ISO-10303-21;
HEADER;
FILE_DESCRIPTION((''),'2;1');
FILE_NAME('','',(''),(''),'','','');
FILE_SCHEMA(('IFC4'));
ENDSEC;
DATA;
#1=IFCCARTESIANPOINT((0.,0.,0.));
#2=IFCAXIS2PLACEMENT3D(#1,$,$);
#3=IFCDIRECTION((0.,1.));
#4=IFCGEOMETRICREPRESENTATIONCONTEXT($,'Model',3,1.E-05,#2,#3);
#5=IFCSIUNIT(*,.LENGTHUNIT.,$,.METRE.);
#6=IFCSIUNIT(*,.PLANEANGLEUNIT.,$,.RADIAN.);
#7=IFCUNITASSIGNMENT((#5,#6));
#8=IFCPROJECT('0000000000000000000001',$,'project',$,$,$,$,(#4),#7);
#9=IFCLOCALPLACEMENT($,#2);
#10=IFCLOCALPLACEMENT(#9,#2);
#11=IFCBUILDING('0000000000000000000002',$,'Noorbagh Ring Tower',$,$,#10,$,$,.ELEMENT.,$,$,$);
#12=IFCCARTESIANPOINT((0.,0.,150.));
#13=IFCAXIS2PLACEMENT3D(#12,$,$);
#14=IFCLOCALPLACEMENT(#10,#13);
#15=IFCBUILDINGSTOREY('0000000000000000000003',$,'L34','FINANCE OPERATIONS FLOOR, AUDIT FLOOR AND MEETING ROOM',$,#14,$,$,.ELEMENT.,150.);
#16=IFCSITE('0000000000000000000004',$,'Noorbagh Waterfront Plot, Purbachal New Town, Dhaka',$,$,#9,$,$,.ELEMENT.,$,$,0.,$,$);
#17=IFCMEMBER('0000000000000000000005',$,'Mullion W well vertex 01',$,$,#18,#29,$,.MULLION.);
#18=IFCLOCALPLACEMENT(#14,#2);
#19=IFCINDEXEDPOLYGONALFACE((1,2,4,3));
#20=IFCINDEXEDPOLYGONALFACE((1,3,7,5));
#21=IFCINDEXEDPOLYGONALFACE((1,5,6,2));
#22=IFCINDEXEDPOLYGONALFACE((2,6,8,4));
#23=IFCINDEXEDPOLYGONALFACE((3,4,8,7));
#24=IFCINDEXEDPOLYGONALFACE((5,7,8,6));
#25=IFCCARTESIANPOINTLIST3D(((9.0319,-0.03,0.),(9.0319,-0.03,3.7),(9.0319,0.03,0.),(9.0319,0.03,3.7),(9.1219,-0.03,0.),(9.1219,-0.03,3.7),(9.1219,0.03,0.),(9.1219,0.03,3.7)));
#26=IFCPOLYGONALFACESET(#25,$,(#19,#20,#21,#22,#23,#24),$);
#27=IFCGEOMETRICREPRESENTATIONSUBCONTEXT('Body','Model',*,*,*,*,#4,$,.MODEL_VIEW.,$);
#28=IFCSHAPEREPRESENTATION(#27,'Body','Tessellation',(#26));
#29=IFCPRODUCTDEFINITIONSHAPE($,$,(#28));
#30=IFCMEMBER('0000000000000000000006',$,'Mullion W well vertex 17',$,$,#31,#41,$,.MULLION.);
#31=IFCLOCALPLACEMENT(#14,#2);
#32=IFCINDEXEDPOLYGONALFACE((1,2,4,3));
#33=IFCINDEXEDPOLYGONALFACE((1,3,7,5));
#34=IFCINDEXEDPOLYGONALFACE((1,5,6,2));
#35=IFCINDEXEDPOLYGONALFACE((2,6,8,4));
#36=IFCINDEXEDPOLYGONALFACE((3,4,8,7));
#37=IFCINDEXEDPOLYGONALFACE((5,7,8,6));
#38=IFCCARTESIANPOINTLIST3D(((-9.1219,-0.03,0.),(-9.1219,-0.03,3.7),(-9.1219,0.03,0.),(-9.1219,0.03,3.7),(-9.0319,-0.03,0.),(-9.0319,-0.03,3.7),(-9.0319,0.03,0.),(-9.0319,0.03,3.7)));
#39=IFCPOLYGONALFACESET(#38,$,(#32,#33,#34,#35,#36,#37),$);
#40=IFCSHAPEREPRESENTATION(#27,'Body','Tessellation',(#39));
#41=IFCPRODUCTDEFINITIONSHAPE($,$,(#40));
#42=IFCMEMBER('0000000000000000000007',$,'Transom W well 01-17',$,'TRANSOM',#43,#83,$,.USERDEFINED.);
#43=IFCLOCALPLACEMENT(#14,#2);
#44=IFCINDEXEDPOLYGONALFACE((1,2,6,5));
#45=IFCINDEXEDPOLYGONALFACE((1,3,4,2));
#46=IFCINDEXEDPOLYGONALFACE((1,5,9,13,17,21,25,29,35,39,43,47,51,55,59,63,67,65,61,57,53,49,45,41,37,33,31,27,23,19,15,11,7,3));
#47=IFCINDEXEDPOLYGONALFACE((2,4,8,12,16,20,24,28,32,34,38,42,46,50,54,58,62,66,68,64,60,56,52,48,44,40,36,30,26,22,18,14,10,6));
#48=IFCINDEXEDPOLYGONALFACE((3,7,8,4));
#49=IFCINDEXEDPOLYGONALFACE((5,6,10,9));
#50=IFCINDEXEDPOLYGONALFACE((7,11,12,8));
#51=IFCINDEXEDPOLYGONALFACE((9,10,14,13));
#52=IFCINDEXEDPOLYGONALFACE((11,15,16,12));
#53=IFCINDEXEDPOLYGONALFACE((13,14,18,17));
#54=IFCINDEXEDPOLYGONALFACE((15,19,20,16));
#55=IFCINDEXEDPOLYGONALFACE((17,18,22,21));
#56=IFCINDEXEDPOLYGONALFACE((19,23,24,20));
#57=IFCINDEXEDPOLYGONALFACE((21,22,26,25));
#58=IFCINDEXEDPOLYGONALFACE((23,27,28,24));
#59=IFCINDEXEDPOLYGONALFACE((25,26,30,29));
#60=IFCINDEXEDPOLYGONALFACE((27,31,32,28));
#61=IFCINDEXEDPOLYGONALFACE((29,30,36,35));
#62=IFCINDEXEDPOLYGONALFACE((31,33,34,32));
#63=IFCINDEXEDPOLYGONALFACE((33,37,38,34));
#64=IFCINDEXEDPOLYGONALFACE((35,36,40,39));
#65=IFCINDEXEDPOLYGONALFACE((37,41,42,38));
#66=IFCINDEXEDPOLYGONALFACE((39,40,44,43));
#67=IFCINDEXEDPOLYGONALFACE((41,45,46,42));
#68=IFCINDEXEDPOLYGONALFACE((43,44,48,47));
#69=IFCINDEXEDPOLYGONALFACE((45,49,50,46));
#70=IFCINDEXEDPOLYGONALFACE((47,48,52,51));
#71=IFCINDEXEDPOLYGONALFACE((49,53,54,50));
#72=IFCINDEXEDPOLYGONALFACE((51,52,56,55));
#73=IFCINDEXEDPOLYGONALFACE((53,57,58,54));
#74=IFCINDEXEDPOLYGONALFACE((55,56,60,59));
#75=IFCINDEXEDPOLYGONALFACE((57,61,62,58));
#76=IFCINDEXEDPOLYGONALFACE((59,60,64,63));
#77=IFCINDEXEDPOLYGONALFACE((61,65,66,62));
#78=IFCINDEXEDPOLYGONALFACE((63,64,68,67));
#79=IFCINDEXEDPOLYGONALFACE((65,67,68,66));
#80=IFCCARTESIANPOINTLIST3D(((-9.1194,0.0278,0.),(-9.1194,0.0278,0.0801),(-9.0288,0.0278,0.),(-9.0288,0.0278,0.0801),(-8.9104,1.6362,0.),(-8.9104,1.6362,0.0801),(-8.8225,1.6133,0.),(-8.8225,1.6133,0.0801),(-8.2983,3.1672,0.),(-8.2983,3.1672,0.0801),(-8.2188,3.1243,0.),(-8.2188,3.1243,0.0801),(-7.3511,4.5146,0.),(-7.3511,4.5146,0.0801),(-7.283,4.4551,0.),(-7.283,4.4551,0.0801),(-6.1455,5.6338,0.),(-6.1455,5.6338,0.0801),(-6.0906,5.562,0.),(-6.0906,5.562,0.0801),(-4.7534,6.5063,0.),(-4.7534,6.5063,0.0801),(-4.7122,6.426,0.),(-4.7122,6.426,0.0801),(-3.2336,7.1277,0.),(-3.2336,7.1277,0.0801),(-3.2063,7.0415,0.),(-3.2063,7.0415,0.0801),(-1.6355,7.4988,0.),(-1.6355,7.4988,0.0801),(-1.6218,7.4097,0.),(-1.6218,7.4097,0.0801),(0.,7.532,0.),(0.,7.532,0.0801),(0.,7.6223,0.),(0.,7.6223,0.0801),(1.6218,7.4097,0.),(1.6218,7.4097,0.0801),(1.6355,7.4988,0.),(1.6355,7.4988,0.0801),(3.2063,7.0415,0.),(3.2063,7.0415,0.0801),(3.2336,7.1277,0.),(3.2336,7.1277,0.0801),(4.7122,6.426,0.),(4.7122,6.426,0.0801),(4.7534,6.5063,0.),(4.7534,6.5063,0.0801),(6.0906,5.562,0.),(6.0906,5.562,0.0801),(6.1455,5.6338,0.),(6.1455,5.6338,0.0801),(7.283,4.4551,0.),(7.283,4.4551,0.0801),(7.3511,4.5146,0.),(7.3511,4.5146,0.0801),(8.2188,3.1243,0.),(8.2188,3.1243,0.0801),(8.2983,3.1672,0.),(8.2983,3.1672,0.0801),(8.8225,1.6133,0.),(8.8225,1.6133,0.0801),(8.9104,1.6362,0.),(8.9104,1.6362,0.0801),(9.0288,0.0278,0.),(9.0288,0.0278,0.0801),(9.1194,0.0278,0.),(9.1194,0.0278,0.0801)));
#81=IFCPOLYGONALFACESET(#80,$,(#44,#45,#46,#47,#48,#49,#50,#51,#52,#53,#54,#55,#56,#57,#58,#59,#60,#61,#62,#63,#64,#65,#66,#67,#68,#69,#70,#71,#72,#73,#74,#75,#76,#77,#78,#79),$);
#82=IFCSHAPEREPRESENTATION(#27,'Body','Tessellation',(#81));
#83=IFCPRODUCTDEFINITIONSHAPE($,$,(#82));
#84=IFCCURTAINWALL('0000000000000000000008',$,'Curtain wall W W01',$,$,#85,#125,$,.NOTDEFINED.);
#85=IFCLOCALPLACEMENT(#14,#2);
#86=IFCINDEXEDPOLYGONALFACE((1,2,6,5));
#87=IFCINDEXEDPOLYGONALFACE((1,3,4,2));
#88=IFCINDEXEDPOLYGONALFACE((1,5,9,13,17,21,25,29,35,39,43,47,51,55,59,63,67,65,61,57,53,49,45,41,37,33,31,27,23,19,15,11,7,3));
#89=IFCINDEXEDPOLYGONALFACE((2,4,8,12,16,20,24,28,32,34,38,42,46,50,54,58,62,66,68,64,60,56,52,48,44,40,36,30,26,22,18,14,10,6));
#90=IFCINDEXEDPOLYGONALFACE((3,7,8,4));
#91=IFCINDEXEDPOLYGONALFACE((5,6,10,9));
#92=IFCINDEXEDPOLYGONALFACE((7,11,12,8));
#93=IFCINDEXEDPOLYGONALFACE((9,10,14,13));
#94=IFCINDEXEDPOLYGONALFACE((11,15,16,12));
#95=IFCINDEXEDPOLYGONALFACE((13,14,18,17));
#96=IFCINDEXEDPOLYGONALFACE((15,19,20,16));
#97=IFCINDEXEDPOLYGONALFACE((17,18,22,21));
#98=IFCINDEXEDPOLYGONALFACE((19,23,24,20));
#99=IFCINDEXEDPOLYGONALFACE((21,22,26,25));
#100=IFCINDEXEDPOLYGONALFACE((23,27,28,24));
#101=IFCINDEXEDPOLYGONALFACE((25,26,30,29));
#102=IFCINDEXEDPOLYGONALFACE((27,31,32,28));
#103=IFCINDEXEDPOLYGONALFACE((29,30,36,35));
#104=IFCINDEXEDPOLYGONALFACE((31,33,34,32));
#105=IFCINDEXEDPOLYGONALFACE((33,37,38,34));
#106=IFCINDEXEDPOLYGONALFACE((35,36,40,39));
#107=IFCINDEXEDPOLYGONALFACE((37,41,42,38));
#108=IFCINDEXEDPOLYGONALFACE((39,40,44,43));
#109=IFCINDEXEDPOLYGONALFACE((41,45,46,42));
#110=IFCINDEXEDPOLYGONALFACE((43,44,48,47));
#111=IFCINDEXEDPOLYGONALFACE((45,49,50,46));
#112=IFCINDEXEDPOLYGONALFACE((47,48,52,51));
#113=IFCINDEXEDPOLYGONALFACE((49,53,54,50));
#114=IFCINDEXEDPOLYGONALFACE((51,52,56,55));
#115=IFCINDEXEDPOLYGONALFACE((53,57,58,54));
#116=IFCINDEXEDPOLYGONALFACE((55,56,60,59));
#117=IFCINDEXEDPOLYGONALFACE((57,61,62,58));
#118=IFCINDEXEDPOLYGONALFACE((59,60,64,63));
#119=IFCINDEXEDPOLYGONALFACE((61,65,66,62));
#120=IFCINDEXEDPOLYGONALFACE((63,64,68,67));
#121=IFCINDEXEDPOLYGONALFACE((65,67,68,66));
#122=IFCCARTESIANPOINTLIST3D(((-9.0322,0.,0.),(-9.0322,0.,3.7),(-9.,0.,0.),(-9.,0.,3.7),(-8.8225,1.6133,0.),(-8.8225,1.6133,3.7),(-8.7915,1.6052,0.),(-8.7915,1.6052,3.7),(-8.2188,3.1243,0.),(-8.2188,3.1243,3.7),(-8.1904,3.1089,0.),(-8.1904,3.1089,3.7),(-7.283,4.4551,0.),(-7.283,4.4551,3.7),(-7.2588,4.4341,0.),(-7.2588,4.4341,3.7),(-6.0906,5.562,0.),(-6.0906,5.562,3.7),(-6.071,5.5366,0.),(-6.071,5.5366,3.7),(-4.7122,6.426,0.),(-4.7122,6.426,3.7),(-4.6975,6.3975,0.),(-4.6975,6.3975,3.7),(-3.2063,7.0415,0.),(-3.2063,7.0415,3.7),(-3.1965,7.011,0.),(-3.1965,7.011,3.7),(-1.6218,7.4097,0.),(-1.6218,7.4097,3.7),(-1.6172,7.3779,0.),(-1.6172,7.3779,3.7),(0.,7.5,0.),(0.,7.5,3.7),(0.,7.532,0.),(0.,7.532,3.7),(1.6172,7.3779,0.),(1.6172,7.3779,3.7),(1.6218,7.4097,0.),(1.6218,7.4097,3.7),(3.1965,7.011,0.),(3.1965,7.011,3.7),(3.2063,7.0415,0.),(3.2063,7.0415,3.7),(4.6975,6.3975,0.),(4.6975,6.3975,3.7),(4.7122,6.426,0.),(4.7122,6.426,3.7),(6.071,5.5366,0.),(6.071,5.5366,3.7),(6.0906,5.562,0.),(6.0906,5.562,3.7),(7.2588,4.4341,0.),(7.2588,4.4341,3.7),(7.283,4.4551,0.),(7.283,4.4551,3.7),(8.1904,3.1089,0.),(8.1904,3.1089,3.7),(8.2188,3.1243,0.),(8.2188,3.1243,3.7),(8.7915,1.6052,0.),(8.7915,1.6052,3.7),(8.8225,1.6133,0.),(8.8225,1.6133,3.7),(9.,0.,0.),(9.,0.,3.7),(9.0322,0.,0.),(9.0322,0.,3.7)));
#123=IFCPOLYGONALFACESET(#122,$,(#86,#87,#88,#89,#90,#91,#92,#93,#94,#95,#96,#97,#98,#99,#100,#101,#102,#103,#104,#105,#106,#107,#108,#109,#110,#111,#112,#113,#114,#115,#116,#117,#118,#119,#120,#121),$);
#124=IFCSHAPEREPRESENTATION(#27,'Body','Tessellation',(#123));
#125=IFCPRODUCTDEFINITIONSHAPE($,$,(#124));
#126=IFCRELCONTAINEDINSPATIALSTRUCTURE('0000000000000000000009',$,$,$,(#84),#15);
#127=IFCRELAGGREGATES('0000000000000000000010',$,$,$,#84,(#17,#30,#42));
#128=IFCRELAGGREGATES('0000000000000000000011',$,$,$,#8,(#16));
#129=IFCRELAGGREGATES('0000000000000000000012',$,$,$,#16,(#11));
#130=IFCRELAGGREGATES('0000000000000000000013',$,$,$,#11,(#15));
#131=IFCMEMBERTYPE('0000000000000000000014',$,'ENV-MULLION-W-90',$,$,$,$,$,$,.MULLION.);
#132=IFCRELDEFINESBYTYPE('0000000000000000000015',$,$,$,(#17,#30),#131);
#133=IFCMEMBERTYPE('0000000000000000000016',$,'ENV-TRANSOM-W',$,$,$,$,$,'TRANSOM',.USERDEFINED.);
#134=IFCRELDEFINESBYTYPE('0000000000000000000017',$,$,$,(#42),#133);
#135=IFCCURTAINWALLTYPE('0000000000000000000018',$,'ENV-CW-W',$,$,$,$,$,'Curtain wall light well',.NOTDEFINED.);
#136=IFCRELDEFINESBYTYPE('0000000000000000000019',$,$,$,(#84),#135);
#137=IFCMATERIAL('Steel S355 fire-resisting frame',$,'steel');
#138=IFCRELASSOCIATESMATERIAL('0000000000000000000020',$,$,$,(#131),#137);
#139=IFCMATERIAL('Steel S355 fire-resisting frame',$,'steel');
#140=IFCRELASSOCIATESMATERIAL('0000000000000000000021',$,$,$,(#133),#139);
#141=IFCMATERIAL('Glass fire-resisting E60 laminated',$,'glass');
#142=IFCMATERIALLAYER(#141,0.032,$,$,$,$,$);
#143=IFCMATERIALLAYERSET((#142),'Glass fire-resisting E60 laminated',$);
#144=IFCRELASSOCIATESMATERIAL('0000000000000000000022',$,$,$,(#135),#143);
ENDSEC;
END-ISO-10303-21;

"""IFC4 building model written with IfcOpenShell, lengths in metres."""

from ifc_helpers import new_model, si_unit, direction, frame, origin, origin_2d, place, context, subcontext, project, spatial, polyline, rectangle, outline, extrude, material, layer, layer_set, material_profile, profile_set, type_object, element, aggregate, save


model = new_model("IFC4")

# Units and contexts
model_context = context("Model", 3, precision=1e-05, world=origin(), true_north=direction((0.0, 1.0)))
body_context = subcontext(model_context, "Body", "Model", "MODEL_VIEW")
ifc_project = project(units=[si_unit("LENGTHUNIT", "METRE"), si_unit("PLANEANGLEUNIT", "RADIAN")], contexts=[model_context])

# Site, building, storey
site_placement = place(None, origin())
site = spatial("IfcSite", under=ifc_project, at=site_placement, Name="Noorbagh Waterfront Plot, Purbachal New Town, Dhaka", CompositionType="ELEMENT", RefElevation=0.0)
building_placement = place(site_placement, origin())
building = spatial("IfcBuilding", under=site, at=building_placement, Name="Noorbagh Ring Tower", CompositionType="ELEMENT")
storey_placement = place(building_placement, frame((0.0, 0.0, 150.0)))
storey = spatial("IfcBuildingStorey", under=building, at=storey_placement, Name="L34", Description="FINANCE OPERATIONS FLOOR, AUDIT FLOOR AND MEETING ROOM", CompositionType="ELEMENT", Elevation=150.0)

# Members
ifc_material_1 = material(Name="Steel S355 fire-resisting frame", Category="steel")
ifc_material_profile_1 = material_profile(ifc_material_1, rectangle(XDim=0.0901, YDim=0.0601, at=origin_2d()), Name="90x60")
ifc_profile_set_1 = profile_set([ifc_material_profile_1], Name="Steel S355 fire-resisting frame")
member_type_1 = type_object("IfcMemberType", Name="ENV-MULLION-W-90", PredefinedType="MULLION", material=ifc_profile_set_1)
member_1_placement = place(storey_placement, frame((9.0769, 0.0, 0.0), z_axis=(0.0, 0.0, 1.0), x_axis=(1.0, 0.0, 0.0)))
member_1 = element("IfcMember", 1, at=member_1_placement, type_object=member_type_1, Name="Mullion W well vertex 01", PredefinedType="MULLION", context=body_context, shape_type="SweptSolid", body=[
    extrude(rectangle(XDim=0.0901, YDim=0.0601, at=origin_2d()), origin(), (0.0, 0.0, 1.0), 3.7),
])
member_2_placement = place(storey_placement, frame((-9.0769, 0.0, 0.0), z_axis=(0.0, 0.0, 1.0), x_axis=(-1.0, 0.0, 0.0)))
member_2 = element("IfcMember", 2, at=member_2_placement, type_object=member_type_1, Name="Mullion W well vertex 17", PredefinedType="MULLION", context=body_context, shape_type="SweptSolid", body=[
    extrude(rectangle(XDim=0.0901, YDim=0.0601, at=origin_2d()), origin(), (0.0, 0.0, 1.0), 3.7),
])
ifc_material_2 = material(Name="Steel S355 fire-resisting frame", Category="steel")
member_type_2 = type_object("IfcMemberType", Name="ENV-TRANSOM-W", ElementType="TRANSOM", PredefinedType="USERDEFINED", material=ifc_material_2)
member_3_placement = place(storey_placement, origin())
member_3 = element("IfcMember", 3, at=member_3_placement, type_object=member_type_2, Name="Transom W well 01-17", ObjectType="TRANSOM", PredefinedType="USERDEFINED", context=body_context, shape_type="SweptSolid", body=[
    extrude(outline(polyline([(9.1194, 0.0278), (8.9104, 1.6362), (8.2983, 3.1672), (7.3511, 4.5146), (6.1455, 5.6338), (4.7534, 6.5063), (3.2336, 7.1277), (1.6355, 7.4988), (0.0, 7.6223), (-1.6355, 7.4988), (-3.2336, 7.1277), (-4.7534, 6.5063), (-6.1455, 5.6338), (-7.3511, 4.5146), (-8.2983, 3.1672), (-8.9104, 1.6362), (-9.1194, 0.0278), (-9.0288, 0.0278), (-8.8225, 1.6133), (-8.2188, 3.1243), (-7.283, 4.4551), (-6.0906, 5.562), (-4.7122, 6.426), (-3.2063, 7.0415), (-1.6218, 7.4097), (0.0, 7.532), (1.6218, 7.4097), (3.2063, 7.0415), (4.7122, 6.426), (6.0906, 5.562), (7.283, 4.4551), (8.2188, 3.1243), (8.8225, 1.6133), (9.0288, 0.0278), (9.1194, 0.0278)])), origin(), (0.0, 0.0, 1.0), 0.0801),
])

# Curtain wall
ifc_material_3 = material(Name="Glass fire-resisting E60 laminated", Category="glass")
ifc_layer_1 = layer(ifc_material_3, 0.032)
ifc_layer_set_1 = layer_set([ifc_layer_1], Name="Glass fire-resisting E60 laminated")
curtain_wall_type_1 = type_object("IfcCurtainWallType", Name="ENV-CW-W", ElementType="Curtain wall light well", PredefinedType="NOTDEFINED", material=ifc_layer_set_1)
curtain_wall_1_placement = place(storey_placement, origin())
curtain_wall_1 = element("IfcCurtainWall", 4, at=curtain_wall_1_placement, inside=storey, type_object=curtain_wall_type_1, Name="Curtain wall W W01", PredefinedType="NOTDEFINED", context=body_context, shape_type="SweptSolid", body=[
    extrude(outline(polyline([(9.0322, 0.0), (8.8225, 1.6133), (8.2188, 3.1243), (7.283, 4.4551), (6.0906, 5.562), (4.7122, 6.426), (3.2063, 7.0415), (1.6218, 7.4097), (0.0, 7.532), (-1.6218, 7.4097), (-3.2063, 7.0415), (-4.7122, 6.426), (-6.0906, 5.562), (-7.283, 4.4551), (-8.2188, 3.1243), (-8.8225, 1.6133), (-9.0322, 0.0), (-9.0, 0.0), (-8.7915, 1.6052), (-8.1904, 3.1089), (-7.2588, 4.4341), (-6.071, 5.5366), (-4.6975, 6.3975), (-3.1965, 7.011), (-1.6172, 7.3779), (0.0, 7.5), (1.6172, 7.3779), (3.1965, 7.011), (4.6975, 6.3975), (6.071, 5.5366), (7.2588, 4.4341), (8.1904, 3.1089), (8.7915, 1.6052), (9.0, 0.0), (9.0322, 0.0)])), origin(), (0.0, 0.0, 1.0), 3.7),
])
aggregate(curtain_wall_1, [member_1, member_2, member_3])

save(model, "model.ifc")
